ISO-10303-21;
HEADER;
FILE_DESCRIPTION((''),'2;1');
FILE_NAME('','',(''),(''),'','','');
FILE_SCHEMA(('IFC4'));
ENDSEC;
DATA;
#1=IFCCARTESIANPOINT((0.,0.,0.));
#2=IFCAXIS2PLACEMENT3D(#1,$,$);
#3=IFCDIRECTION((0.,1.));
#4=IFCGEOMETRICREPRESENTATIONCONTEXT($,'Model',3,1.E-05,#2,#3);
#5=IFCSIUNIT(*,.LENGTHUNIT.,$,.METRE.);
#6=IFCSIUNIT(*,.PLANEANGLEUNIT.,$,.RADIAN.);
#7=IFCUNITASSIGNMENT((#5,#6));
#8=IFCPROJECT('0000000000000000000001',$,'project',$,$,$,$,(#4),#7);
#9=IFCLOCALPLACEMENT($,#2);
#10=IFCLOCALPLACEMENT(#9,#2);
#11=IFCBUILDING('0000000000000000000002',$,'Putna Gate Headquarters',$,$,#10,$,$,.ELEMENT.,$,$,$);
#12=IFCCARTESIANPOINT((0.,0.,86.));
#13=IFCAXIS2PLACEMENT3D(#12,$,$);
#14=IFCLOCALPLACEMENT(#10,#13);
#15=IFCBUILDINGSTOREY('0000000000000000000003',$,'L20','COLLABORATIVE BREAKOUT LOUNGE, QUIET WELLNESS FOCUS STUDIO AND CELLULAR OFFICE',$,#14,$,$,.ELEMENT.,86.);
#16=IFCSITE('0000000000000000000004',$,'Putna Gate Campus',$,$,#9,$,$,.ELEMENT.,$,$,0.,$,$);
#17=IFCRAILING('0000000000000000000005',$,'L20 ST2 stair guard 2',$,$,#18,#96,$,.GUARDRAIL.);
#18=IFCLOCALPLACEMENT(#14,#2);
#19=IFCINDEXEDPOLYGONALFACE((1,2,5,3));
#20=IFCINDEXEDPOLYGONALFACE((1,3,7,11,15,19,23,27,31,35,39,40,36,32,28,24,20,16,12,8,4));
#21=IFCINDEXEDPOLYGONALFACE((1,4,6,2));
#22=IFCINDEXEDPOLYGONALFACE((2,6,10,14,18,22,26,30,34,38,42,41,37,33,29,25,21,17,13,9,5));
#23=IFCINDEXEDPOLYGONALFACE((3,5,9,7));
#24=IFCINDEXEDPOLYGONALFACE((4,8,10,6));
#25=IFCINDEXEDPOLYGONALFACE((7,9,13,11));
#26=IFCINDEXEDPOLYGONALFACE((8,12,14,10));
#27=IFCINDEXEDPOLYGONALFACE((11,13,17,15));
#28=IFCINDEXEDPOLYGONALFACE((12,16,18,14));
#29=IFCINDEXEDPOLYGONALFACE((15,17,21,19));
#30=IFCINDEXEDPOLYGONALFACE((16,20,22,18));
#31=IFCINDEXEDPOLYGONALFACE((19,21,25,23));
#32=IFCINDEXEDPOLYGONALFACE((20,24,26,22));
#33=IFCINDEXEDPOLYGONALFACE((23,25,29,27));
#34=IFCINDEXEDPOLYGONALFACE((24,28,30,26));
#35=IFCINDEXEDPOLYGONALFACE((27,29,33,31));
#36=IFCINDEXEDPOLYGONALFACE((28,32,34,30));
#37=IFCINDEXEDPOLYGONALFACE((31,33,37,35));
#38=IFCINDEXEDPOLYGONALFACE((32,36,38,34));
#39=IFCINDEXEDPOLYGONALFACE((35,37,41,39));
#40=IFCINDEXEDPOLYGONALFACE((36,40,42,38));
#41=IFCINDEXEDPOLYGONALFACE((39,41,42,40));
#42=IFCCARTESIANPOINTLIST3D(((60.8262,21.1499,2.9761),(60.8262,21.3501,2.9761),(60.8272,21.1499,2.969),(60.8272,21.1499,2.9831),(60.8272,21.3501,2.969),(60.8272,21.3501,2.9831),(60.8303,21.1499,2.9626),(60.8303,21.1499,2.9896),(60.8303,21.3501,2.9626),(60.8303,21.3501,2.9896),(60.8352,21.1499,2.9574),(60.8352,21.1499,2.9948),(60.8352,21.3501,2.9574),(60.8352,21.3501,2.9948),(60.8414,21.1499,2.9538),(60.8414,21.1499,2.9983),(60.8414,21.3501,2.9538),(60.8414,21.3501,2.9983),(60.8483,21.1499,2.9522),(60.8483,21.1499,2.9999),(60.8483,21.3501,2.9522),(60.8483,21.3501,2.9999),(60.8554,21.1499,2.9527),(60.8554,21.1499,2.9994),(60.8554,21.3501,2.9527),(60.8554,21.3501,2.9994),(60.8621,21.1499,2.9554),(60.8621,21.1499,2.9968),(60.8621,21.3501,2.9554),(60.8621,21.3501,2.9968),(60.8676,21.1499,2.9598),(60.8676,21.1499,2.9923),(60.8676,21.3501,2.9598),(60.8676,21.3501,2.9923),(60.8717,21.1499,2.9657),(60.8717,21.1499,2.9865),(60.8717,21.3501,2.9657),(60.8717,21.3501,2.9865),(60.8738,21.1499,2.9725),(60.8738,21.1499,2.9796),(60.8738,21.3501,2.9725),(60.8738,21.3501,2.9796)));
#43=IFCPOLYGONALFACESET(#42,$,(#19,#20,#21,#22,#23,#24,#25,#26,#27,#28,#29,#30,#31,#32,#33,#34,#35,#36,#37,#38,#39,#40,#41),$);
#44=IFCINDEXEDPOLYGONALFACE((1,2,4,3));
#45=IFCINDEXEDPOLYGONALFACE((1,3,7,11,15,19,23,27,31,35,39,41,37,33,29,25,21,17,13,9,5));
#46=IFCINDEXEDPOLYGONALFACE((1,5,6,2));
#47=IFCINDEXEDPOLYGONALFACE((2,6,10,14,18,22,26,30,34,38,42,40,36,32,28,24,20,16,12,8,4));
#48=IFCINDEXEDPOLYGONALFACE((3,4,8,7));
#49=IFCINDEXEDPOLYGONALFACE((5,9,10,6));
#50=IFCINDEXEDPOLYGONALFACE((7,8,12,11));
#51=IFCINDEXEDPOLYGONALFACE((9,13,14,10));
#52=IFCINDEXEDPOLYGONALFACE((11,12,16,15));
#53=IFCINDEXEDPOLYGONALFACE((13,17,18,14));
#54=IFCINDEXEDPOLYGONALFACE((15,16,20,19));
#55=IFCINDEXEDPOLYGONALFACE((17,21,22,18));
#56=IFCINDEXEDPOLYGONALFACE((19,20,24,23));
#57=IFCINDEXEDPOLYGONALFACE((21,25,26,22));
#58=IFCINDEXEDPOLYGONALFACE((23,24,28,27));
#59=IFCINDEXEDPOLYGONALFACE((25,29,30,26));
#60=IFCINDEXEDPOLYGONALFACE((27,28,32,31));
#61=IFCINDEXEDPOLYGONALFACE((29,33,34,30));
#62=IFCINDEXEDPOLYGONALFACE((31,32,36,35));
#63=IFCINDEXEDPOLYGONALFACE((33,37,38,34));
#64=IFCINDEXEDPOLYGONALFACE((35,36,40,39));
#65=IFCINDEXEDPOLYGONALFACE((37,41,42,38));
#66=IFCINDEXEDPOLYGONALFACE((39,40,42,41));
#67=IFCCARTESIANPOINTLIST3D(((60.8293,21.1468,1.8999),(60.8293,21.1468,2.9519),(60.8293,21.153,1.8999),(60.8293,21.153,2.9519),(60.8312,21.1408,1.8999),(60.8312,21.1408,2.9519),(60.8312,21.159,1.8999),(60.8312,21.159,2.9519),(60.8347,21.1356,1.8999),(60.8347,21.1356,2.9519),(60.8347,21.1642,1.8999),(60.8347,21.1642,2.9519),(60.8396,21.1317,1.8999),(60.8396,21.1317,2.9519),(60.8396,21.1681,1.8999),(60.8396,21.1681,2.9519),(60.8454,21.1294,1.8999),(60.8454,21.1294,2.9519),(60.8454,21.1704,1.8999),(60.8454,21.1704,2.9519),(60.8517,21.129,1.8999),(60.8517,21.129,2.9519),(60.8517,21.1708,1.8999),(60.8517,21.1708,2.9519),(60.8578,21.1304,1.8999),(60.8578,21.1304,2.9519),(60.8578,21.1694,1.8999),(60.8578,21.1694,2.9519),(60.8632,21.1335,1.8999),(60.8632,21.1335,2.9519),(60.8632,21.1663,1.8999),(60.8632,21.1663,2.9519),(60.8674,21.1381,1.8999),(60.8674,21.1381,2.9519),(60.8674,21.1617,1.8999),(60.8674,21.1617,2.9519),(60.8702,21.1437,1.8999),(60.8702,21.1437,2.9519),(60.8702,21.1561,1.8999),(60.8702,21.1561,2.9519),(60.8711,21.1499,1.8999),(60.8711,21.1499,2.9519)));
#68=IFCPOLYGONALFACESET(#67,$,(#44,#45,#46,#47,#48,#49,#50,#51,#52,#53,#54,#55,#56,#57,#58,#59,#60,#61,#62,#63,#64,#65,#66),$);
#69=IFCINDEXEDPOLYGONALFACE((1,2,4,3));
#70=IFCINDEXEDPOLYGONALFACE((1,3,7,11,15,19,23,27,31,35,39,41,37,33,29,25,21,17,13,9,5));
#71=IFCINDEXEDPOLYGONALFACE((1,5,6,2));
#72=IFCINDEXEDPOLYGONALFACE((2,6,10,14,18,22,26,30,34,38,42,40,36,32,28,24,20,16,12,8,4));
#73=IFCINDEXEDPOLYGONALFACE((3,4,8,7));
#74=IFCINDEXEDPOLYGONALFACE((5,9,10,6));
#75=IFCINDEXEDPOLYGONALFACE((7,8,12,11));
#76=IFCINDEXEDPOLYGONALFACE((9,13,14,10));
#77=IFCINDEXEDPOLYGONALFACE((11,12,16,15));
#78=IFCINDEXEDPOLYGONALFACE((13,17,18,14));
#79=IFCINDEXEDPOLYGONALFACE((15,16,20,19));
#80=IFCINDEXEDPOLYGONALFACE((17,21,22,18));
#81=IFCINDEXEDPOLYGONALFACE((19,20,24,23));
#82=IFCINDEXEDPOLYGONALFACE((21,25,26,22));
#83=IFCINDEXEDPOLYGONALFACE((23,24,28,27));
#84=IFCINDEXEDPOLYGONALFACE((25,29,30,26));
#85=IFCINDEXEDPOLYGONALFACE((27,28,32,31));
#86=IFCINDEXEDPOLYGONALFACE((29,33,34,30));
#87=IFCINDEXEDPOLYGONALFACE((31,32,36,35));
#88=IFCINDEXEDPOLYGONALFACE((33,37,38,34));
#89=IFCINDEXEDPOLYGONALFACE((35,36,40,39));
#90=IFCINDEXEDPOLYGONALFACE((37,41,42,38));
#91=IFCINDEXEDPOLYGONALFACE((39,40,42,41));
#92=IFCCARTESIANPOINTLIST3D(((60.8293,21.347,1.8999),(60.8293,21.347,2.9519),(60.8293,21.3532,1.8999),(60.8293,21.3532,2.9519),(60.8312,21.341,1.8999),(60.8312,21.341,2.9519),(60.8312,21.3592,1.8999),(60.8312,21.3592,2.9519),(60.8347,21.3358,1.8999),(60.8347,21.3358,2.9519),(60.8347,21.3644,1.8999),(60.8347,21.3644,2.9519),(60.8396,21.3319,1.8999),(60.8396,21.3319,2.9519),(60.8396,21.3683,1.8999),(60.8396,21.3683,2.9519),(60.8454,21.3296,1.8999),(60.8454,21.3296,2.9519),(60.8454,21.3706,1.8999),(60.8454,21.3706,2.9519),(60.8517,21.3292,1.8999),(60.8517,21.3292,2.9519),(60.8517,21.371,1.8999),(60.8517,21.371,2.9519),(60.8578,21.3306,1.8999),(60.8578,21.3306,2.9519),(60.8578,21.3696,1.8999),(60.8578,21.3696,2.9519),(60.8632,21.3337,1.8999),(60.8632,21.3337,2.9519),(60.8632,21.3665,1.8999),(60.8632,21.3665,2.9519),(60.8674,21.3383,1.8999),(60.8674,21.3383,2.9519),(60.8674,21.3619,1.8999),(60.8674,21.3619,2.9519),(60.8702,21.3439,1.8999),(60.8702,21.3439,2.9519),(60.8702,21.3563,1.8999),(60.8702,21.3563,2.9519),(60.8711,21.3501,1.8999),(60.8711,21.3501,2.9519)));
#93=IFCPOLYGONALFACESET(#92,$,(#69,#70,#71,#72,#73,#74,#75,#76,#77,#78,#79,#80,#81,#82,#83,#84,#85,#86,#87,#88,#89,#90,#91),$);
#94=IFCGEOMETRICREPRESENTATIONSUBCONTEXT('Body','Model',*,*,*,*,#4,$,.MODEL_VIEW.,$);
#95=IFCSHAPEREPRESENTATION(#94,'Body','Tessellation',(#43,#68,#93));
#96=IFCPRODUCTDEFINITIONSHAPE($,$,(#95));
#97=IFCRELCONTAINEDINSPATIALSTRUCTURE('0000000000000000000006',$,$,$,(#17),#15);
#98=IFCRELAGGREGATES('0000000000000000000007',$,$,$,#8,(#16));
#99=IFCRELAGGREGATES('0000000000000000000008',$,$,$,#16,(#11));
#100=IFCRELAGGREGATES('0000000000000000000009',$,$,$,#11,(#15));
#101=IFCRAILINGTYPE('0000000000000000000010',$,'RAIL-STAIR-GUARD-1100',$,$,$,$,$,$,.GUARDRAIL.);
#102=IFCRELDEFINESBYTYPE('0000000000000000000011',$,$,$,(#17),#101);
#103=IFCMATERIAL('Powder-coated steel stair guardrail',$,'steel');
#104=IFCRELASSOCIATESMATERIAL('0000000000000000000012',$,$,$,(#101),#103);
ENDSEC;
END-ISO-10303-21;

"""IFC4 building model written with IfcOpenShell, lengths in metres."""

from ifc_helpers import new_model, si_unit, direction, frame, origin, origin_2d, place, context, subcontext, project, spatial, circle, extrude, material, type_object, element, save


model = new_model("IFC4")

# Units and contexts
model_context = context("Model", 3, precision=1e-05, world=origin(), true_north=direction((0.0, 1.0)))
body_context = subcontext(model_context, "Body", "Model", "MODEL_VIEW")
ifc_project = project(units=[si_unit("LENGTHUNIT", "METRE"), si_unit("PLANEANGLEUNIT", "RADIAN")], contexts=[model_context])

# Site, building, storey
site_placement = place(None, origin())
site = spatial("IfcSite", under=ifc_project, at=site_placement, Name="Putna Gate Campus", CompositionType="ELEMENT", RefElevation=0.0)
building_placement = place(site_placement, origin())
building = spatial("IfcBuilding", under=site, at=building_placement, Name="Putna Gate Headquarters", CompositionType="ELEMENT")
storey_placement = place(building_placement, frame((0.0, 0.0, 86.0)))
storey = spatial("IfcBuildingStorey", under=building, at=storey_placement, Name="L20", Description="COLLABORATIVE BREAKOUT LOUNGE, QUIET WELLNESS FOCUS STUDIO AND CELLULAR OFFICE", CompositionType="ELEMENT", Elevation=86.0)

# Railing
ifc_material_1 = material(Name="Powder-coated steel stair guardrail", Category="steel")
railing_type_1 = type_object("IfcRailingType", Name="RAIL-STAIR-GUARD-1100", PredefinedType="GUARDRAIL", material=ifc_material_1)
railing_1_placement = place(storey_placement, frame((60.8501, 21.1499, 1.8999)))
element("IfcRailing", 1, at=railing_1_placement, inside=storey, type_object=railing_type_1, Name="L20 ST2 stair guard 2", PredefinedType="GUARDRAIL", context=body_context, shape_type="SweptSolid", body=[
    extrude(circle(Radius=0.0239, at=origin_2d()), frame((0.0, 0.0, 1.0762), z_axis=(0.0, 1.0, 0.0), x_axis=(-1.0, 0.0, 0.0)), (0.0, 0.0, 1.0), 0.2002),
    extrude(circle(Radius=0.021, at=origin_2d()), origin(), (0.0, 0.0, 1.0), 1.052),
    extrude(circle(Radius=0.021, at=origin_2d()), frame((0.0, 0.2002, 0.0)), (0.0, 0.0, 1.0), 1.052),
])

save(model, "model.ifc")
